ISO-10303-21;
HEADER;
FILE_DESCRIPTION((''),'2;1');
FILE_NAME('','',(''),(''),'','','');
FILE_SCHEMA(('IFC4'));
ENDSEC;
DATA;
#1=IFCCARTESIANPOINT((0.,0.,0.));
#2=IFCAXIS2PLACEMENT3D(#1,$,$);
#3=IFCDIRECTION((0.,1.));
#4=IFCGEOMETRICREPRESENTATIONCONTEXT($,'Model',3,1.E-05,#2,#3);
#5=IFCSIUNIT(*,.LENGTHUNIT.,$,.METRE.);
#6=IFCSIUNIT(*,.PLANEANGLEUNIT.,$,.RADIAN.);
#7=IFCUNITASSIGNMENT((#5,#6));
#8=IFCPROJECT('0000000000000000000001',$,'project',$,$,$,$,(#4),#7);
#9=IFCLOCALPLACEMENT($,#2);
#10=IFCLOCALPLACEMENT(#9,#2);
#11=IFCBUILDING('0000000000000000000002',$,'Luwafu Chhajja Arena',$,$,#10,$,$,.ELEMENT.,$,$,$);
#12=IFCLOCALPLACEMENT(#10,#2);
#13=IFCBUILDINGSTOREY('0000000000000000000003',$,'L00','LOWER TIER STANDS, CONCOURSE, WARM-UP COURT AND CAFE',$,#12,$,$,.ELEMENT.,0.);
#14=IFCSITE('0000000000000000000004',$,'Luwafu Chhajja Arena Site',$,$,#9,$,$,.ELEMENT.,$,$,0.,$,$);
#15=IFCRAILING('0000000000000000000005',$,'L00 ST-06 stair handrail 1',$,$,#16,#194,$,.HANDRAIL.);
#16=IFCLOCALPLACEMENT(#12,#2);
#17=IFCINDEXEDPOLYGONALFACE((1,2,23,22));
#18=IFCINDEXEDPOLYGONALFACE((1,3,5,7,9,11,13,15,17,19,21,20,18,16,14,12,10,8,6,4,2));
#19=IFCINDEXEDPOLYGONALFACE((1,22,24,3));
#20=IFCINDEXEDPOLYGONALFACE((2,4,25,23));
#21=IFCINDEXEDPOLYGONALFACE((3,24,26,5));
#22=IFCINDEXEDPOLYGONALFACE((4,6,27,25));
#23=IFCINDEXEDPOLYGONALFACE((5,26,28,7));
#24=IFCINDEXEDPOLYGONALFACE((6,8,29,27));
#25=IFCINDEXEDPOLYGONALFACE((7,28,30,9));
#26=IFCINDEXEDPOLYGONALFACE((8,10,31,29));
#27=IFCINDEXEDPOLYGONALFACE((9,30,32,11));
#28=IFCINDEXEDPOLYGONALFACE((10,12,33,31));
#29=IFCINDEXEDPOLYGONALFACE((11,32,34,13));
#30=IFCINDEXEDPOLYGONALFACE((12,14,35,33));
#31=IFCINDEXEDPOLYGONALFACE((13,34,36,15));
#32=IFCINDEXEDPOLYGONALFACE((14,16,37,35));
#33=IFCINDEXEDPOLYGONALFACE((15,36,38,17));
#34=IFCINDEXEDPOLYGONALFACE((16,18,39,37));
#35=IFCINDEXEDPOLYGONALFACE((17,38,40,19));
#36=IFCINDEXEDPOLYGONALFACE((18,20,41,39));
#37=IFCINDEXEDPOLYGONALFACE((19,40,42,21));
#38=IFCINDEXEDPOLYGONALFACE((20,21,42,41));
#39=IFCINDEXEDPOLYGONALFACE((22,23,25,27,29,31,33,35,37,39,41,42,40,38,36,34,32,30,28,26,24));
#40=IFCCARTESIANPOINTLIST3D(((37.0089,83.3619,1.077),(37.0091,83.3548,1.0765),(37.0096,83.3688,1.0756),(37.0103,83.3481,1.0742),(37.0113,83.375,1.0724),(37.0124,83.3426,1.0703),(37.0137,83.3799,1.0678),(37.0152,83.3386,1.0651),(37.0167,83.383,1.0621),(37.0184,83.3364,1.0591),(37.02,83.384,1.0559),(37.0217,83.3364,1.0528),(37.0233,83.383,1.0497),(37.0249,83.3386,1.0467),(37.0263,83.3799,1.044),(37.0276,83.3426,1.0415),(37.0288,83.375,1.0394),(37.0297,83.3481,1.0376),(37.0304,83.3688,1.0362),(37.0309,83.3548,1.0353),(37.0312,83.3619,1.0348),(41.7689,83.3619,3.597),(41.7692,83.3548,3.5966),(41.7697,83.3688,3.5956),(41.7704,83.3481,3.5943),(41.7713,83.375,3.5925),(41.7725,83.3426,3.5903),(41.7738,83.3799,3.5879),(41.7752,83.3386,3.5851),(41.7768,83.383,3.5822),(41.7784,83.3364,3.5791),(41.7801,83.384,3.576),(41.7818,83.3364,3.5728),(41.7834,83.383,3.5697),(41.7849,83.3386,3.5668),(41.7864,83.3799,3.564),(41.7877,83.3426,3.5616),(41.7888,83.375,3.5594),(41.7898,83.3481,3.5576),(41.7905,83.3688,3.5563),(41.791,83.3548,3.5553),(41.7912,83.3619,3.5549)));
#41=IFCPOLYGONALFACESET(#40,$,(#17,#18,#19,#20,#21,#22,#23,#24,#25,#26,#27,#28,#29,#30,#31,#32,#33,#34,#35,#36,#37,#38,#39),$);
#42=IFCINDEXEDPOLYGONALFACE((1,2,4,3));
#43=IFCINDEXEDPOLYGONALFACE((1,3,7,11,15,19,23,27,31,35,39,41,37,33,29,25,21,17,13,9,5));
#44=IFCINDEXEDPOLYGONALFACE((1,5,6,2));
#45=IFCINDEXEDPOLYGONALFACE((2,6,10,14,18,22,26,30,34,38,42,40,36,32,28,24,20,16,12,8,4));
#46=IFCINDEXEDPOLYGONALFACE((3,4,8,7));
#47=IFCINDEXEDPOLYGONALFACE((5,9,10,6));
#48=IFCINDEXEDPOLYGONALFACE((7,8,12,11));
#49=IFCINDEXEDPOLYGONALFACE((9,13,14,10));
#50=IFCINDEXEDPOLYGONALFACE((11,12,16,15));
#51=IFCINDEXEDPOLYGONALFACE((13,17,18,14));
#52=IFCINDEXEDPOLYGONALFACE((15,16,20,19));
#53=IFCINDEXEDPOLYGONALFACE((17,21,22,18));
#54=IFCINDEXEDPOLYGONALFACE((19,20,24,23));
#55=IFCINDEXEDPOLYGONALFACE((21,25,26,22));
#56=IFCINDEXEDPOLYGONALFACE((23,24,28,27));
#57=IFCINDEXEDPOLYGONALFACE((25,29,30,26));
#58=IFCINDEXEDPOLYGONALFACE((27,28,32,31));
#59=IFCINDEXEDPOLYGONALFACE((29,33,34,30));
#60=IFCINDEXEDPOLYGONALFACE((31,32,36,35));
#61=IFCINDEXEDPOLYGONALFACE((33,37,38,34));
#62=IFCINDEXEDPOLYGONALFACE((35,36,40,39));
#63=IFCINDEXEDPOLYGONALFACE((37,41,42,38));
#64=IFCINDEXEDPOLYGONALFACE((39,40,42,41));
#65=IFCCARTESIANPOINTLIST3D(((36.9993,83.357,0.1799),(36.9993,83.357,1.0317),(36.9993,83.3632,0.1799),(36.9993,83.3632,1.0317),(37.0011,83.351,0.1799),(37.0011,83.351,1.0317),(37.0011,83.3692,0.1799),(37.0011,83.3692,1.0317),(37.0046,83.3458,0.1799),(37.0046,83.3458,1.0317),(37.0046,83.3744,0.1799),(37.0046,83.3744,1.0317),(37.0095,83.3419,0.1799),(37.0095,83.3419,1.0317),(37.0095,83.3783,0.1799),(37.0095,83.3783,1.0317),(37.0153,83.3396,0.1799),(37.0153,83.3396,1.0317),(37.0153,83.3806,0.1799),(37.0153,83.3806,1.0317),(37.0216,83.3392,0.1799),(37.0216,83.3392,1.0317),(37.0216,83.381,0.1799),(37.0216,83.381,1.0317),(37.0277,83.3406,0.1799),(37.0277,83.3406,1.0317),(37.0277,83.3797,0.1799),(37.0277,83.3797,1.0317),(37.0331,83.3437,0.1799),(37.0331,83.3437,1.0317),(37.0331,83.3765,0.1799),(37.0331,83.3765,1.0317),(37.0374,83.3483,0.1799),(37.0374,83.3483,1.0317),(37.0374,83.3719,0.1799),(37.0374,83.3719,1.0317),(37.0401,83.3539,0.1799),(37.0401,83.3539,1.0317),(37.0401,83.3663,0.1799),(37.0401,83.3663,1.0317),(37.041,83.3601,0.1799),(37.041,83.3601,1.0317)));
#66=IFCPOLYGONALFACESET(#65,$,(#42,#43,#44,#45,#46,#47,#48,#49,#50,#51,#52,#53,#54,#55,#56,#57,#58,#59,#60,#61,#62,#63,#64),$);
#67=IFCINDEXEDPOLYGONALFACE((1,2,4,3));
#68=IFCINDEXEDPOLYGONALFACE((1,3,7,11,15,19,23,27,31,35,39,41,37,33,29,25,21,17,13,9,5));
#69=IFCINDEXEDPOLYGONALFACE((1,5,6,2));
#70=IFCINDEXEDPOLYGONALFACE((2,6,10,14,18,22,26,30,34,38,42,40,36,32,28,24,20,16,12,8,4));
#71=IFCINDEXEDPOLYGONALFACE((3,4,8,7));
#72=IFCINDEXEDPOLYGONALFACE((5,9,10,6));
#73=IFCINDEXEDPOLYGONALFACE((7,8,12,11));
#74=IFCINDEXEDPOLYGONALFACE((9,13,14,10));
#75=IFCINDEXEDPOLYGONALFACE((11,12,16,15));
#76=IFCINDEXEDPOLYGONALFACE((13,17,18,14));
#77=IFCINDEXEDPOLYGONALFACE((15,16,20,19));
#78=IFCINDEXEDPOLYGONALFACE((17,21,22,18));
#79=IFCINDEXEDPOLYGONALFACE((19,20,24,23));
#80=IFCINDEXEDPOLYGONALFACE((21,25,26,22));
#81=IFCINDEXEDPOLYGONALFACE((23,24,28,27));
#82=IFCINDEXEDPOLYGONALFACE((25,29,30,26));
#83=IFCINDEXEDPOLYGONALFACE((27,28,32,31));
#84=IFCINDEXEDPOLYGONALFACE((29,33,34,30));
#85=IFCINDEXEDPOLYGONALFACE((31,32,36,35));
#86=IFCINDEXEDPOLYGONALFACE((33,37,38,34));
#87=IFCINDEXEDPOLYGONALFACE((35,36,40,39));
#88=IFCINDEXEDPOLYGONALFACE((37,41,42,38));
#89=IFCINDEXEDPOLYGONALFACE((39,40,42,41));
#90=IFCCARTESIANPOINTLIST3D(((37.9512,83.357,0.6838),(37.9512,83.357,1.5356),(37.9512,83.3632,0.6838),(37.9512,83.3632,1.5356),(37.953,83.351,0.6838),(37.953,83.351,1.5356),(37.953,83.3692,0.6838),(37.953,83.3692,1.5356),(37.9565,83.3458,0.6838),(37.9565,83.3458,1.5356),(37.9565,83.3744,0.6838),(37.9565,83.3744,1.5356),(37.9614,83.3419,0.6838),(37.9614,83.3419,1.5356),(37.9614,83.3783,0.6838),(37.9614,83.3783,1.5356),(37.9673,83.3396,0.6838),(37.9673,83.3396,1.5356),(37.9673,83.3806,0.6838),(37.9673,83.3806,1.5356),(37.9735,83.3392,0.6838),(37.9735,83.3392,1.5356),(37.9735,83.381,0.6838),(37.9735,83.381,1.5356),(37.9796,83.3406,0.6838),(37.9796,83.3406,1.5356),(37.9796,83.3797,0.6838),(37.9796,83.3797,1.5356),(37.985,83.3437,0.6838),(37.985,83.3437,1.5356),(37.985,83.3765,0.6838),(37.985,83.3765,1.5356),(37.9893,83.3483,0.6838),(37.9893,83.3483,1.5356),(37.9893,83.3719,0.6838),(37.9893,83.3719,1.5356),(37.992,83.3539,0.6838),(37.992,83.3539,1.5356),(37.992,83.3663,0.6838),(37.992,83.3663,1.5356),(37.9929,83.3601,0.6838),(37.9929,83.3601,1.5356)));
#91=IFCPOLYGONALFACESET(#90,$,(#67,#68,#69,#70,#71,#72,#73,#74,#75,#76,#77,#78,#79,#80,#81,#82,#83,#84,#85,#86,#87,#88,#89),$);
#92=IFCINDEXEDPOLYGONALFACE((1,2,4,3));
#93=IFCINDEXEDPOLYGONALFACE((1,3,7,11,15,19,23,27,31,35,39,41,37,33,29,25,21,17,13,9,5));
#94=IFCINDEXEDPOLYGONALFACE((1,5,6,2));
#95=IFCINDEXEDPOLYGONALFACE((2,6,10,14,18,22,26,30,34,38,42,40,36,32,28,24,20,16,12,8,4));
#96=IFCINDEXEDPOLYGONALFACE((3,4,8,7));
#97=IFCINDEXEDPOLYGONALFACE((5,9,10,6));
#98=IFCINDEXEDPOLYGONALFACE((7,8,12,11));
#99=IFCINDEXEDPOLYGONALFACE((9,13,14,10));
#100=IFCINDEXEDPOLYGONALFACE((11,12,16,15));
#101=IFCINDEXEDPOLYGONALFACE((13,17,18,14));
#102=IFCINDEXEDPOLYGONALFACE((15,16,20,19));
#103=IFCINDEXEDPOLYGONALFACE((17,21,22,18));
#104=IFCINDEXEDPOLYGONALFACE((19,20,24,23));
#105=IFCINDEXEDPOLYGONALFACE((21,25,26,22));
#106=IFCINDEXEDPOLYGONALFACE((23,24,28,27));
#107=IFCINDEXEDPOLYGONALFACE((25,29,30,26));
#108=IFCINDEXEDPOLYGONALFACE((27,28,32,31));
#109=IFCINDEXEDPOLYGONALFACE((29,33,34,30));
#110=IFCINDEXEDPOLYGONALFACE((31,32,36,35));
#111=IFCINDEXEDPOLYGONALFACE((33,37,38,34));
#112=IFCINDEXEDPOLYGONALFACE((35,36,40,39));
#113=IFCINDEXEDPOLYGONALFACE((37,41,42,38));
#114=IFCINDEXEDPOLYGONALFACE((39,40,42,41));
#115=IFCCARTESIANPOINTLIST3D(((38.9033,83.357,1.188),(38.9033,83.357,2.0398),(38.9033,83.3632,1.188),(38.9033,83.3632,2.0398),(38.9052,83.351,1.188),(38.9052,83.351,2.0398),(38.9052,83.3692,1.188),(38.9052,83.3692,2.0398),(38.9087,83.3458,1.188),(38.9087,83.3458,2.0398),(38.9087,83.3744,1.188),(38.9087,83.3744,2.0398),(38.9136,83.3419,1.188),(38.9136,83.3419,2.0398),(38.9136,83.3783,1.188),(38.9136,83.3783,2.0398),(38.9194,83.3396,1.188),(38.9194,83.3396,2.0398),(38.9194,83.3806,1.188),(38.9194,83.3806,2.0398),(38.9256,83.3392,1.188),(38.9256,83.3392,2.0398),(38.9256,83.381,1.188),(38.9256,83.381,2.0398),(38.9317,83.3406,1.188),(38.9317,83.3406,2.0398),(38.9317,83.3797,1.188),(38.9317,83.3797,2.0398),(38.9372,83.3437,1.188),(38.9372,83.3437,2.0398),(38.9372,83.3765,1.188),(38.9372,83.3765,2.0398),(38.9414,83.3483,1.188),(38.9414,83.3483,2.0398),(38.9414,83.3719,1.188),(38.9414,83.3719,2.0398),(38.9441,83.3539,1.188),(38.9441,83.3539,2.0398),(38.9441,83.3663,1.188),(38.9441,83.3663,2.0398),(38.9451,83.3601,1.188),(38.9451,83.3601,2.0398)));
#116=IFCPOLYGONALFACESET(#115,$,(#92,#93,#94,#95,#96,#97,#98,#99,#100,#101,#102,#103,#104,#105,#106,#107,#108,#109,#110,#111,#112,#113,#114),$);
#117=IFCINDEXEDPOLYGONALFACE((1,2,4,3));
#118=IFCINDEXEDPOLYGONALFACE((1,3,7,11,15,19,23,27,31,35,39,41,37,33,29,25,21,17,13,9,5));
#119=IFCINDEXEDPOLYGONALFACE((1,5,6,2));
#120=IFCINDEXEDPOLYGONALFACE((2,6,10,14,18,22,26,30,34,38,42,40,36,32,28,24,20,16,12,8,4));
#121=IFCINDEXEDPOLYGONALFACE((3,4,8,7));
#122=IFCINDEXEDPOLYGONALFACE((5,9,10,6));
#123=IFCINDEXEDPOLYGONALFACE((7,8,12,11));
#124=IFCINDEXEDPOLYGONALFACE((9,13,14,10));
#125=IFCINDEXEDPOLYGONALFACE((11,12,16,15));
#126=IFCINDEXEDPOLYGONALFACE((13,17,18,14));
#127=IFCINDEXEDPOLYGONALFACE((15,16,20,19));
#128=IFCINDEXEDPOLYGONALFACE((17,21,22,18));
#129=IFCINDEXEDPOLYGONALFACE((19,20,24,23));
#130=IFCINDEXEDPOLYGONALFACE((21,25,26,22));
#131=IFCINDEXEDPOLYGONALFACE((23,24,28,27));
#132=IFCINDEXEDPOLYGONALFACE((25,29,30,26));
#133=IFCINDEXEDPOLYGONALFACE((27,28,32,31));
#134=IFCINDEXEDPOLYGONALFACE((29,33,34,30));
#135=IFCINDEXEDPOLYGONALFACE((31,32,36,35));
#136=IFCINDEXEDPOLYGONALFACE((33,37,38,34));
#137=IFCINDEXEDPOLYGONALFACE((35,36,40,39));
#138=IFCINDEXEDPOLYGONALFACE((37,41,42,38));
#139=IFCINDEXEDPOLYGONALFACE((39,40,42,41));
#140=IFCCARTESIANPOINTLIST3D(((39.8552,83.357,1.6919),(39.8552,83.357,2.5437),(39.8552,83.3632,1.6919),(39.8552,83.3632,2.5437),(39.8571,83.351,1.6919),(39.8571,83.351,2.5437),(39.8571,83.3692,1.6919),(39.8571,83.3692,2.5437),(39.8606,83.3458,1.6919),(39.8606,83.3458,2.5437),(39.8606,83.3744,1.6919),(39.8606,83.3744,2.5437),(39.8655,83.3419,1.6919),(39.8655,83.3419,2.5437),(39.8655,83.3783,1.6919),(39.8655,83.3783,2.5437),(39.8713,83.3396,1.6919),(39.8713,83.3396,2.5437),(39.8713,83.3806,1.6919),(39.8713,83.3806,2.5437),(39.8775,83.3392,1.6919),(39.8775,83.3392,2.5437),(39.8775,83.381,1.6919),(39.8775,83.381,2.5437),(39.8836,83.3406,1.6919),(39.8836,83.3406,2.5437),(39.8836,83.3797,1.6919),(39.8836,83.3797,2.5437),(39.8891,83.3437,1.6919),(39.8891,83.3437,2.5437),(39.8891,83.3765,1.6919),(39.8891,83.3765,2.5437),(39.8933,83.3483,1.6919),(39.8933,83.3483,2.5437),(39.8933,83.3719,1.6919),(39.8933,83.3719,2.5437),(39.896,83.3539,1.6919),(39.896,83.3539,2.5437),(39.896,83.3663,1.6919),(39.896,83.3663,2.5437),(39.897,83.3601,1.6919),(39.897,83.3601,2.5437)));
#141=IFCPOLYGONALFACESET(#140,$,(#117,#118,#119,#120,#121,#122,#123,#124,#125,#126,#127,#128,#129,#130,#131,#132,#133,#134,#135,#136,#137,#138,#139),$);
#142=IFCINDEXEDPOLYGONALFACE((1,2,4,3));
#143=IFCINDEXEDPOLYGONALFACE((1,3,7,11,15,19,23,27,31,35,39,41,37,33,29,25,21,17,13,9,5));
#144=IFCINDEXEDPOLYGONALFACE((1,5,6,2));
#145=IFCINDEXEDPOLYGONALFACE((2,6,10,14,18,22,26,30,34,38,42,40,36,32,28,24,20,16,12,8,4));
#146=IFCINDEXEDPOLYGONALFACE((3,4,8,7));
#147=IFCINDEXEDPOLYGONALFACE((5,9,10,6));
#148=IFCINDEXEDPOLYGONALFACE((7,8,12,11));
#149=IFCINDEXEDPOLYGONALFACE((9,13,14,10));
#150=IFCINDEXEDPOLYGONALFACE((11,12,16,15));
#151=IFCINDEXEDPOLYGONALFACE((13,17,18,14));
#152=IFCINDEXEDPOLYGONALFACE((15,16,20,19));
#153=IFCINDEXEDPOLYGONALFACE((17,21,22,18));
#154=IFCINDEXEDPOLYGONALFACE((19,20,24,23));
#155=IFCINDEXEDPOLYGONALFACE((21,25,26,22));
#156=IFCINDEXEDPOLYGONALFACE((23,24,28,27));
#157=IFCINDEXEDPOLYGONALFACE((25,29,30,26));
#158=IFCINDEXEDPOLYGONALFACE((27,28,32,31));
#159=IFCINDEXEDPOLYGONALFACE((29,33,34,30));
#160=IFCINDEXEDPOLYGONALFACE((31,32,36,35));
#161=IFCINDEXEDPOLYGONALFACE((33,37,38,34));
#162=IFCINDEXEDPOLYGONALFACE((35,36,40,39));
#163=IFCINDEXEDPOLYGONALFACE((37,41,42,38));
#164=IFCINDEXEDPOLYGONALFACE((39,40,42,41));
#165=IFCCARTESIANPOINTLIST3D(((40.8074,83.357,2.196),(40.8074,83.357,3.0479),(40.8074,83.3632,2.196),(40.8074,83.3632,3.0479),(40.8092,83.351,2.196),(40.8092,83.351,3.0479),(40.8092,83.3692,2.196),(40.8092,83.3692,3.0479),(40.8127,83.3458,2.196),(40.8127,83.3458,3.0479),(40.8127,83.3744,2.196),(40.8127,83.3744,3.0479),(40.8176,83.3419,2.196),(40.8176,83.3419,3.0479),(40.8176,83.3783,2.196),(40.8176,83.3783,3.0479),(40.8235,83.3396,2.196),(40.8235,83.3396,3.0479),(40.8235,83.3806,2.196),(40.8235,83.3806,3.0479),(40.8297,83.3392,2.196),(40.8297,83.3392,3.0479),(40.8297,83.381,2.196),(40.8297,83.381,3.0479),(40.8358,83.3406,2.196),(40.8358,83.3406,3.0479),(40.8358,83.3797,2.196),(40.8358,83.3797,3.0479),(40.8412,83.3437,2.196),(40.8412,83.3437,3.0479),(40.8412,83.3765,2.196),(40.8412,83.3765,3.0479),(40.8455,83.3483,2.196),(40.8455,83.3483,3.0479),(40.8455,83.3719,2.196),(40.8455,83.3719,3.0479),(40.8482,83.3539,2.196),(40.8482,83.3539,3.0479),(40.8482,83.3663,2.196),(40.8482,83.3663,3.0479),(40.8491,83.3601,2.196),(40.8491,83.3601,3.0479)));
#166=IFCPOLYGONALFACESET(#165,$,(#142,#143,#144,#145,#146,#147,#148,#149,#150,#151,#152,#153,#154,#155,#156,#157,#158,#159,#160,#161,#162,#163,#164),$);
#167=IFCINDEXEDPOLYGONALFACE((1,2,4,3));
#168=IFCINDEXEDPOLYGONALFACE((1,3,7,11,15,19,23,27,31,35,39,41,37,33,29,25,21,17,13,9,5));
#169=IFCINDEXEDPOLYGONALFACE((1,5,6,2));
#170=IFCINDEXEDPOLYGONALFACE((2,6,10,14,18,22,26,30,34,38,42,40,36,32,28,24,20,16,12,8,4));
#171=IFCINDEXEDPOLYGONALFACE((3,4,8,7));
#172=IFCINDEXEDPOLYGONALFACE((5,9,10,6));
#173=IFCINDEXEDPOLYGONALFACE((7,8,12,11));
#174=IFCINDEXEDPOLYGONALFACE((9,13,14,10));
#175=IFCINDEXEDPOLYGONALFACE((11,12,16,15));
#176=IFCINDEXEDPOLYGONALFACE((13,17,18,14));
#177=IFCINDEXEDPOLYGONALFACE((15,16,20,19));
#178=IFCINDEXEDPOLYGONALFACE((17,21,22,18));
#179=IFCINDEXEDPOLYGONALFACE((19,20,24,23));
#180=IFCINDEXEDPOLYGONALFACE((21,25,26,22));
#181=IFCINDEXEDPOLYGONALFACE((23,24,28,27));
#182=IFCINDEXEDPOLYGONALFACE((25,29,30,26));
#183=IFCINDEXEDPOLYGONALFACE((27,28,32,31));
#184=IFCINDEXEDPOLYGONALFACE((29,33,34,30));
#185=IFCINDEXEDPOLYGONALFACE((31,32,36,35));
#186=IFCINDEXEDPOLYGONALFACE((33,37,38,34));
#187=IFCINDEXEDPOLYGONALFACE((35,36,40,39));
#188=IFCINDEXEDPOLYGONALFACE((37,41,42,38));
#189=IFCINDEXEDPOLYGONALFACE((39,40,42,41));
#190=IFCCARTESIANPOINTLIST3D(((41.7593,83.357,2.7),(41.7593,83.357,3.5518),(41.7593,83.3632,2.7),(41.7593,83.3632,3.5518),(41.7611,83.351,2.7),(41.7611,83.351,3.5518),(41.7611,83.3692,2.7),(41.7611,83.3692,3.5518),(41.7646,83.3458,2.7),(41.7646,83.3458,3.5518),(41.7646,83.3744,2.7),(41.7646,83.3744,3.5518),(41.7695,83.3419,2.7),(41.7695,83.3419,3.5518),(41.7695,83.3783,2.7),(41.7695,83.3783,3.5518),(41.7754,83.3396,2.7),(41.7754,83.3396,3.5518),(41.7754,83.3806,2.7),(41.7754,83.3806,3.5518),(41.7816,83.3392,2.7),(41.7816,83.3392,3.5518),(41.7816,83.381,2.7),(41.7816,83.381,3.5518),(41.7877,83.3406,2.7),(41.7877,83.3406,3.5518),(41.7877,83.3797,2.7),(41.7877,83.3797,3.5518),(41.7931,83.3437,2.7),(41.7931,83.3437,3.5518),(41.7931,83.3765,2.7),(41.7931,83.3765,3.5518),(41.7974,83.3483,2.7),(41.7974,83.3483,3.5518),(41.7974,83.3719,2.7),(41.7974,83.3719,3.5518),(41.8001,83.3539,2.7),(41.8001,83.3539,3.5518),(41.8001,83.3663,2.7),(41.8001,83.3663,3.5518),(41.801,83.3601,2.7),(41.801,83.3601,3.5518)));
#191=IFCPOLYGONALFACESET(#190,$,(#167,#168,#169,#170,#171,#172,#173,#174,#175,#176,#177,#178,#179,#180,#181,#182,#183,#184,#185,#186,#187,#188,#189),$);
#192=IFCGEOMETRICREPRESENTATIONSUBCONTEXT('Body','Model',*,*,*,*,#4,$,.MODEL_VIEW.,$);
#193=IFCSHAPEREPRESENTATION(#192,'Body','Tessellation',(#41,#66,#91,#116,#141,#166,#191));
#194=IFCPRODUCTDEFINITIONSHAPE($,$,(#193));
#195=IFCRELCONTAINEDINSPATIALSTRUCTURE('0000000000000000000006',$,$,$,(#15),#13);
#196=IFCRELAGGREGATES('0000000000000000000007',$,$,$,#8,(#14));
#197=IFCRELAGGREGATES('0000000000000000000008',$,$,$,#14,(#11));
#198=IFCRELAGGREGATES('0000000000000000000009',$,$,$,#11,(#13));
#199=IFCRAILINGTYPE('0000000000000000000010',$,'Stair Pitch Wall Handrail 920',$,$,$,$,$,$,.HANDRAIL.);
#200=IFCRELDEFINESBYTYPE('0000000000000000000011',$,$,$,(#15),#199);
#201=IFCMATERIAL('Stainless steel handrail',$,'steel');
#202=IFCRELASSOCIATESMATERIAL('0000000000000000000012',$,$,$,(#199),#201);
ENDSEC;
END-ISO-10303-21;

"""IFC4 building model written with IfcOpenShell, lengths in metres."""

from ifc_helpers import new_model, si_unit, direction, frame, origin, origin_2d, place, context, subcontext, project, spatial, circle, extrude, material, type_object, element, save


model = new_model("IFC4")

# Units and contexts
model_context = context("Model", 3, precision=1e-05, world=origin(), true_north=direction((0.0, 1.0)))
body_context = subcontext(model_context, "Body", "Model", "MODEL_VIEW")
ifc_project = project(units=[si_unit("LENGTHUNIT", "METRE"), si_unit("PLANEANGLEUNIT", "RADIAN")], contexts=[model_context])

# Site, building, storey
site_placement = place(None, origin())
site = spatial("IfcSite", under=ifc_project, at=site_placement, Name="Luwafu Chhajja Arena Site", CompositionType="ELEMENT", RefElevation=0.0)
building_placement = place(site_placement, origin())
building = spatial("IfcBuilding", under=site, at=building_placement, Name="Luwafu Chhajja Arena", CompositionType="ELEMENT")
storey_placement = place(building_placement, origin())
storey = spatial("IfcBuildingStorey", under=building, at=storey_placement, Name="L00", Description="LOWER TIER STANDS, CONCOURSE, WARM-UP COURT AND CAFE", CompositionType="ELEMENT", Elevation=0.0)

# Railing
ifc_material_1 = material(Name="Stainless steel handrail", Category="steel")
railing_type_1 = type_object("IfcRailingType", Name="Stair Pitch Wall Handrail 920", PredefinedType="HANDRAIL", material=ifc_material_1)
railing_1_placement = place(storey_placement, frame((37.02, 83.3601, 0.1799)))
element("IfcRailing", 1, at=railing_1_placement, inside=storey, type_object=railing_type_1, Name="L00 ST-06 stair handrail 1", PredefinedType="HANDRAIL", context=body_context, shape_type="SweptSolid", body=[
    extrude(circle(Radius=0.0239, at=origin_2d()), frame((0.0, 0.0, 0.876), z_axis=(0.883787, 0.0, 0.46789), x_axis=(0.0, 1.0, 0.0)), (0.0, 0.0, 1.0), 5.386),
    extrude(circle(Radius=0.021, at=origin_2d()), origin(), (0.0, 0.0, 1.0), 0.8518),
    extrude(circle(Radius=0.021, at=origin_2d()), frame((0.9519, 0.0, 0.5039)), (0.0, 0.0, 1.0), 0.8518),
    extrude(circle(Radius=0.021, at=origin_2d()), frame((1.9041, 0.0, 1.0081)), (0.0, 0.0, 1.0), 0.8518),
    extrude(circle(Radius=0.021, at=origin_2d()), frame((2.856, 0.0, 1.512)), (0.0, 0.0, 1.0), 0.8518),
    extrude(circle(Radius=0.021, at=origin_2d()), frame((3.8081, 0.0, 2.0161)), (0.0, 0.0, 1.0), 0.8518),
    extrude(circle(Radius=0.021, at=origin_2d()), frame((4.76, 0.0, 2.52)), (0.0, 0.0, 1.0), 0.8518),
])

save(model, "model.ifc")
